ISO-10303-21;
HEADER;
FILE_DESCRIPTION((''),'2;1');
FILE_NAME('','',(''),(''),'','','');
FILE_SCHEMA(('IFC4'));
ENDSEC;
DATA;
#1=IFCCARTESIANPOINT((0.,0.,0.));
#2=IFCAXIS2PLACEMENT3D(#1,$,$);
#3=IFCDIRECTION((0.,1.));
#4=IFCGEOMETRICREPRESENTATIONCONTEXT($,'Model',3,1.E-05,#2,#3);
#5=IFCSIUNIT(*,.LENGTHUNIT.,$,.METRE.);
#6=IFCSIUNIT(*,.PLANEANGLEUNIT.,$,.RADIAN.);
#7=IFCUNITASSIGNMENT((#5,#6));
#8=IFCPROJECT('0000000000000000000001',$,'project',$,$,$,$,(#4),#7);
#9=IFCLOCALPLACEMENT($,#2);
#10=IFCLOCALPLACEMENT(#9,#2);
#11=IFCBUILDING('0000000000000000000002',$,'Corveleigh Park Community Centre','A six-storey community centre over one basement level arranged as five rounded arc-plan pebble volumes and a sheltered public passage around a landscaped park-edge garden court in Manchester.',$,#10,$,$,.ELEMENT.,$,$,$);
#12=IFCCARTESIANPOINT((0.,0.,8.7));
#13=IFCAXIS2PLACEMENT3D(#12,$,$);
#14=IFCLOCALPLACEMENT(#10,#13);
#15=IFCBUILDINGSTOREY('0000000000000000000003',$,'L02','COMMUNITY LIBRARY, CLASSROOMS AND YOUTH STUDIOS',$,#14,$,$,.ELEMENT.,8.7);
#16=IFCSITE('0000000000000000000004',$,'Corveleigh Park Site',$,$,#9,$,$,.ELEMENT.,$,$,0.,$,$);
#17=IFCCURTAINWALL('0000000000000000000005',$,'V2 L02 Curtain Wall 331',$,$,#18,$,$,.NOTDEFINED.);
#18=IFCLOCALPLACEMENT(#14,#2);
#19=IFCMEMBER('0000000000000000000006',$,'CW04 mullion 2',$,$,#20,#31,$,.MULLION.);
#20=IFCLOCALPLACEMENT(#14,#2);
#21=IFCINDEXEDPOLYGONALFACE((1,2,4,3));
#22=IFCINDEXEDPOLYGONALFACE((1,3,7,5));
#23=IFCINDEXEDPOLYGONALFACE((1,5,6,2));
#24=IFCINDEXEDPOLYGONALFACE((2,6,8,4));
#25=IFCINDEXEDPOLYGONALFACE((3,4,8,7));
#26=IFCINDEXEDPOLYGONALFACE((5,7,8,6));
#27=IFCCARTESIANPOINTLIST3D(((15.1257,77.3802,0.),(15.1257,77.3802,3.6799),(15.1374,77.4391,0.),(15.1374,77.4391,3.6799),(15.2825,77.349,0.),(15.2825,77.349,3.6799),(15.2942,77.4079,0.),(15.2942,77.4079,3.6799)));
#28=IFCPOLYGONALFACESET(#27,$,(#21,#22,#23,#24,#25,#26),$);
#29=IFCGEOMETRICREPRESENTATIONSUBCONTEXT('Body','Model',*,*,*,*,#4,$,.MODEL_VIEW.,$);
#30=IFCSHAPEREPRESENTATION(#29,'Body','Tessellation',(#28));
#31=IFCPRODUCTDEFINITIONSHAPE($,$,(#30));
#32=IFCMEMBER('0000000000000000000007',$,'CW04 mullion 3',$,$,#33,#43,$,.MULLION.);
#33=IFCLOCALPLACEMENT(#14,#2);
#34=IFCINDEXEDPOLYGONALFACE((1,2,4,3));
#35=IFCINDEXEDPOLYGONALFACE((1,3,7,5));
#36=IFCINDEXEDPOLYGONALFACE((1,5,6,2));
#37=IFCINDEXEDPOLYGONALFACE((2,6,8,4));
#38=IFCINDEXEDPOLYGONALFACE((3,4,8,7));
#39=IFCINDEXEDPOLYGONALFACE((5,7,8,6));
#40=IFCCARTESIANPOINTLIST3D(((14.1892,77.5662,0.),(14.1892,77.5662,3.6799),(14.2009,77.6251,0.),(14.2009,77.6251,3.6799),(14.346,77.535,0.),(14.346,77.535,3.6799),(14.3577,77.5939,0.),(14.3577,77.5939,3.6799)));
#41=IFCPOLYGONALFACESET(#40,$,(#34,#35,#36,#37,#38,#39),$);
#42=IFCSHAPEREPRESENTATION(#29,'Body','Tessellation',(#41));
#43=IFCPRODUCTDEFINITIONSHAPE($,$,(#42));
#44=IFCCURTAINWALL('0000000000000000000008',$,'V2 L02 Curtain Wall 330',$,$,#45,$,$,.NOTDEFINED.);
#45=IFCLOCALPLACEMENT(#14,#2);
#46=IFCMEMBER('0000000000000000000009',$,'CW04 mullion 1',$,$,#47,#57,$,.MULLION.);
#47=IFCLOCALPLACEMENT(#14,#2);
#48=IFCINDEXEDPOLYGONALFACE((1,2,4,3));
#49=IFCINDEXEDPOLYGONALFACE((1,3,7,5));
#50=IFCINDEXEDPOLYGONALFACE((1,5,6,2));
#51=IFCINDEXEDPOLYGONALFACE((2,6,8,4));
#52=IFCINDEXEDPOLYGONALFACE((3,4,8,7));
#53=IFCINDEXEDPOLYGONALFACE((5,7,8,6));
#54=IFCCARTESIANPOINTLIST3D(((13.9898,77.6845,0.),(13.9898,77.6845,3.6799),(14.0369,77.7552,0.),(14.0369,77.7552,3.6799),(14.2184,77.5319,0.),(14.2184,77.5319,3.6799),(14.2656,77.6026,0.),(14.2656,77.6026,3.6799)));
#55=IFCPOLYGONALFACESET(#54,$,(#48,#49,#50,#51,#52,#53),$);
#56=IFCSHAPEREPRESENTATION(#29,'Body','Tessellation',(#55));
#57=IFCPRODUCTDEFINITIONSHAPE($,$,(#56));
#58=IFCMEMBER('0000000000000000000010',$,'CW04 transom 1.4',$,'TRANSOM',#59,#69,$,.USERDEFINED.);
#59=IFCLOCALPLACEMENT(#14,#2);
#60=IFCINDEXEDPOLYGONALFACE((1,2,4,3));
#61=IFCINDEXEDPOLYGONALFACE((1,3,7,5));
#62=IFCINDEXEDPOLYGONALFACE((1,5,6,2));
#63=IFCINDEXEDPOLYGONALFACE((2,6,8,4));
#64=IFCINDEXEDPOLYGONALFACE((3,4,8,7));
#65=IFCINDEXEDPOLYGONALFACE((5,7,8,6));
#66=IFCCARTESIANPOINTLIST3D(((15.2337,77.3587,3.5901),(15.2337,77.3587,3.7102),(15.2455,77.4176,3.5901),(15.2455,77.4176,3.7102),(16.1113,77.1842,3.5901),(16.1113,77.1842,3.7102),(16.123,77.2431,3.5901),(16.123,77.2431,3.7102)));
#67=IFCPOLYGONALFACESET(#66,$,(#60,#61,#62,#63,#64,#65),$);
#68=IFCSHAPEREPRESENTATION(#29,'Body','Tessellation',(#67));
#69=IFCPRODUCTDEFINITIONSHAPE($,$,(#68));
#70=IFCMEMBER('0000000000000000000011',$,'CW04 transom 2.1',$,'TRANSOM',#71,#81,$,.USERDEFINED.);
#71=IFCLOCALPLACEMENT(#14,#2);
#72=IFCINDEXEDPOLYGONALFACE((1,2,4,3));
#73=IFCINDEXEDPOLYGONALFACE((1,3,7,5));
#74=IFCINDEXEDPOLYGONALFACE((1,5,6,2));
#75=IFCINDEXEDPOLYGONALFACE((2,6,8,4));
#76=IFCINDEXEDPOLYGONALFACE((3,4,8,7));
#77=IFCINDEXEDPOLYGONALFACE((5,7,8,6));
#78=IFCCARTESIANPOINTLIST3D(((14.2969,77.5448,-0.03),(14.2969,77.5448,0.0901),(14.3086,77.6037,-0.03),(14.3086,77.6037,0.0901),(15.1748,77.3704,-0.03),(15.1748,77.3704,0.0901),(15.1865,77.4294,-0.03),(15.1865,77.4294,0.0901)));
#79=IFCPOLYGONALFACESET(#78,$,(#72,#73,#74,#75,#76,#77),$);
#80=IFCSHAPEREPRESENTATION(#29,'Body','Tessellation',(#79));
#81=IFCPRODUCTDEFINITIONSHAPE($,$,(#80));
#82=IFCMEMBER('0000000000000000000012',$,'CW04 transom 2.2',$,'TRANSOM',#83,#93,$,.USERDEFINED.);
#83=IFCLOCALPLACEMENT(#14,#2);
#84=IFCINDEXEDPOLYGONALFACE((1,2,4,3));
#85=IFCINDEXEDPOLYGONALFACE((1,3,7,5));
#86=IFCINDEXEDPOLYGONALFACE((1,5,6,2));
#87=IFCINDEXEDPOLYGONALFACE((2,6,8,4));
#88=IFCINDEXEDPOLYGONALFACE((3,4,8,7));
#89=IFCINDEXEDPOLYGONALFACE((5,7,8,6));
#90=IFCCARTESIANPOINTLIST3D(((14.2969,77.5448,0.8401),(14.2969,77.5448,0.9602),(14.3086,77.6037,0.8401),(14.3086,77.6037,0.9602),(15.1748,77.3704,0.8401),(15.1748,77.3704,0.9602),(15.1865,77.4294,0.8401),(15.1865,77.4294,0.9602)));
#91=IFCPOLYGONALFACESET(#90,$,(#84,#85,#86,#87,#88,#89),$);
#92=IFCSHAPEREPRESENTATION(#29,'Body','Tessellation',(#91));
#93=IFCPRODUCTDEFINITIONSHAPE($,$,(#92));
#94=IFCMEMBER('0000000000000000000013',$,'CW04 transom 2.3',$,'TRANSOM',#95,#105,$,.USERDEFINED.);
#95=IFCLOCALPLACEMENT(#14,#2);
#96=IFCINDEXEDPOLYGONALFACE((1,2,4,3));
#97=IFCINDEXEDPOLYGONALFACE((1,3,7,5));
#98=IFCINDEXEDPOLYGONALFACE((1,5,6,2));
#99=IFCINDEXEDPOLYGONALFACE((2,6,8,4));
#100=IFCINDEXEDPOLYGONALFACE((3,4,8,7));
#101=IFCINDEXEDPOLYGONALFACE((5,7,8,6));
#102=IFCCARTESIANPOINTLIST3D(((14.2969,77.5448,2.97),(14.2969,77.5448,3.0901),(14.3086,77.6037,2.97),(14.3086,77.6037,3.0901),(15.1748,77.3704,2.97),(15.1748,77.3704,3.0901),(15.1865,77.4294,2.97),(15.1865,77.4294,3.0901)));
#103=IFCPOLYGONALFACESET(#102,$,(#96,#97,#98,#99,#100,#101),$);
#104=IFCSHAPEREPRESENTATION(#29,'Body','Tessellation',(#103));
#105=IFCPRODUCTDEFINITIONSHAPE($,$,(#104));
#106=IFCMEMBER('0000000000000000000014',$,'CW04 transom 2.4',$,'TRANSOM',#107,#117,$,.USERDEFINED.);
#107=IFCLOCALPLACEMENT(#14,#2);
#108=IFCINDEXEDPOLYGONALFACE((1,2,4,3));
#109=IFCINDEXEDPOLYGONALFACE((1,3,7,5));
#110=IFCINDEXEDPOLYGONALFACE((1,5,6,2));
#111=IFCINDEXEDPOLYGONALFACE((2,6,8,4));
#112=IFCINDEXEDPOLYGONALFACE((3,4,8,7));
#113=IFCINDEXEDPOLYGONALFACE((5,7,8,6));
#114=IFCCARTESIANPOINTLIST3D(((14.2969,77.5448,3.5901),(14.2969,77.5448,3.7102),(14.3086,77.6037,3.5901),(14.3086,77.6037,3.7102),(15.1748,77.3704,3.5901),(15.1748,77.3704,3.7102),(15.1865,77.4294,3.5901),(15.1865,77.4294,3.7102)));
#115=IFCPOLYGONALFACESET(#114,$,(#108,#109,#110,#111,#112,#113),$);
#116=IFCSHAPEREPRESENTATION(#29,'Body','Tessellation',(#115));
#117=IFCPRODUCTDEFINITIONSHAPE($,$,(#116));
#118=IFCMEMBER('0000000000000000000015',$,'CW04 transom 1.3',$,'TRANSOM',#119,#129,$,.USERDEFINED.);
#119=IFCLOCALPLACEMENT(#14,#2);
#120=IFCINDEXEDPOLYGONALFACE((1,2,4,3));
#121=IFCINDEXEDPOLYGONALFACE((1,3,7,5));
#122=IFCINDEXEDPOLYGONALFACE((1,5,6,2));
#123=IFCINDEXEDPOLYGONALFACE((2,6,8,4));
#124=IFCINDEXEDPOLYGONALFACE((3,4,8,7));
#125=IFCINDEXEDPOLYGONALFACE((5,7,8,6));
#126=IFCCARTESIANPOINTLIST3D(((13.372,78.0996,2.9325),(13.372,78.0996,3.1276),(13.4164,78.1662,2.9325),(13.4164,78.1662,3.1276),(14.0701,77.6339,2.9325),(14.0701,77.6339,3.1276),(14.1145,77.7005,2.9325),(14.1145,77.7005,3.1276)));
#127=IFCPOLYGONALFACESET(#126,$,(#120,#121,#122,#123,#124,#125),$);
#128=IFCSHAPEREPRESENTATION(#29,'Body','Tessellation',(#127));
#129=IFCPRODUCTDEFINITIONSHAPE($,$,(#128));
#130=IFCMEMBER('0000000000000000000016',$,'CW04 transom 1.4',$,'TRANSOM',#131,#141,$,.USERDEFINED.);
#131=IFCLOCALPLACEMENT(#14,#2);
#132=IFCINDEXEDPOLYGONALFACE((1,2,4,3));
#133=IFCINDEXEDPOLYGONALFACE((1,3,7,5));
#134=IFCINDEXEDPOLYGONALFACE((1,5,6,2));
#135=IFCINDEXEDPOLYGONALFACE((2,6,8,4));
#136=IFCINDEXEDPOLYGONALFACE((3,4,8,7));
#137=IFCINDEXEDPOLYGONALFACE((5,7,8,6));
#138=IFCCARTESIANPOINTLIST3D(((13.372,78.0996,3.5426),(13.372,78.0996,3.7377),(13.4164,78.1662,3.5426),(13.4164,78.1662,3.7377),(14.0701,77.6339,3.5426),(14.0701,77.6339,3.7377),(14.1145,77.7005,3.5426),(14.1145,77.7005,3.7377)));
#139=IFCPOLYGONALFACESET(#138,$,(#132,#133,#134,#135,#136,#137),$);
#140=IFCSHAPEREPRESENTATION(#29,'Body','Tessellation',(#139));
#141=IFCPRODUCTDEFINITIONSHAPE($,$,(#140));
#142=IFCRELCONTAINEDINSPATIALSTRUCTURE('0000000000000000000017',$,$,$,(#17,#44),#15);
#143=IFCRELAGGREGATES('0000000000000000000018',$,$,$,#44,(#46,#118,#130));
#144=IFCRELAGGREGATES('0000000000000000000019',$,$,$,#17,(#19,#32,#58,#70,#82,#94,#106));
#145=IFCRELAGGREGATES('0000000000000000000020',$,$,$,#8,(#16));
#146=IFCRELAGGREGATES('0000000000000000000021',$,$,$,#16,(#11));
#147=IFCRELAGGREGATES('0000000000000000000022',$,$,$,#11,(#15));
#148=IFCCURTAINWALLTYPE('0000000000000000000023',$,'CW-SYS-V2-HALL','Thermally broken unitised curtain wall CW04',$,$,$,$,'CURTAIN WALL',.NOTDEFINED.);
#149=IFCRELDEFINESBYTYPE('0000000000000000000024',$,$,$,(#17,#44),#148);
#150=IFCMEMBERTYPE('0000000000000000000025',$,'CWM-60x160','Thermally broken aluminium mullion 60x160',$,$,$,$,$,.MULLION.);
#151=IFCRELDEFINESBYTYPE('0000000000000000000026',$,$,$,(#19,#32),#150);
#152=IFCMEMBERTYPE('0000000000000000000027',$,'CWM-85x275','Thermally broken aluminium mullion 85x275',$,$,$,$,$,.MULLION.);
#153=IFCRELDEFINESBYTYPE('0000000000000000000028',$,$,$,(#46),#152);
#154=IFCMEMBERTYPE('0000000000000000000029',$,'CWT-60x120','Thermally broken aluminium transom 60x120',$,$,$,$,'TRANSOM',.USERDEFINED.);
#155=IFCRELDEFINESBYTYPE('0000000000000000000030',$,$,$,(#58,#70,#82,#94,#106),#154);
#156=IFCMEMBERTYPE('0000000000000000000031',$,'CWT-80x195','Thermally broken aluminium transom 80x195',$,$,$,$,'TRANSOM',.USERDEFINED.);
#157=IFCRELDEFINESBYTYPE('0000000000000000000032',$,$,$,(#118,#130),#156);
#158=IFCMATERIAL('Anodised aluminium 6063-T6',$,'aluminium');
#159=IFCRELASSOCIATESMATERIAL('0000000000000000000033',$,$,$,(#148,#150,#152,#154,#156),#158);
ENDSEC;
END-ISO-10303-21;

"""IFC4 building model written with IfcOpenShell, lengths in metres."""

from ifc_helpers import new_model, si_unit, direction, frame, origin, origin_2d, place, context, subcontext, project, spatial, rectangle, extrude, material, material_profile, profile_set, type_object, element, aggregate, save


model = new_model("IFC4")

# Units and contexts
model_context = context("Model", 3, precision=1e-05, world=origin(), true_north=direction((0.0, 1.0)))
body_context = subcontext(model_context, "Body", "Model", "MODEL_VIEW")
ifc_project = project(units=[si_unit("LENGTHUNIT", "METRE"), si_unit("PLANEANGLEUNIT", "RADIAN")], contexts=[model_context])

# Site, building, storey
site_placement = place(None, origin())
site = spatial("IfcSite", under=ifc_project, at=site_placement, Name="Corveleigh Park Site", CompositionType="ELEMENT", RefElevation=0.0)
building_placement = place(site_placement, origin())
building = spatial("IfcBuilding", under=site, at=building_placement, Name="Corveleigh Park Community Centre", Description="A six-storey community centre over one basement level arranged as five rounded arc-plan pebble volumes and a sheltered public passage around a landscaped park-edge garden court in Manchester.", CompositionType="ELEMENT")
storey_placement = place(building_placement, frame((0.0, 0.0, 8.7)))
storey = spatial("IfcBuildingStorey", under=building, at=storey_placement, Name="L02", Description="COMMUNITY LIBRARY, CLASSROOMS AND YOUTH STUDIOS", CompositionType="ELEMENT", Elevation=8.7)

# Curtain wall, members
ifc_material_1 = material(Name="Anodised aluminium 6063-T6", Category="aluminium")
curtain_wall_type = type_object("IfcCurtainWallType", Name="CW-SYS-V2-HALL", Description="Thermally broken unitised curtain wall CW04", ElementType="CURTAIN WALL", PredefinedType="NOTDEFINED", material=ifc_material_1)
curtain_wall_1_placement = place(storey_placement, origin())
curtain_wall_1 = element("IfcCurtainWall", 1, at=curtain_wall_1_placement, inside=storey, type_object=curtain_wall_type, Name="V2 L02 Curtain Wall 331", PredefinedType="NOTDEFINED")
ifc_material_profile_1 = material_profile(ifc_material_1, rectangle(XDim=0.0601, YDim=0.1599, at=origin_2d()), Name="ALU-M60x160", Category="aluminium")
ifc_profile_set_1 = profile_set([ifc_material_profile_1], Name="Anodised aluminium 6063-T6")
member_type_1 = type_object("IfcMemberType", Name="CWM-60x160", Description="Thermally broken aluminium mullion 60x160", PredefinedType="MULLION", material=ifc_profile_set_1)
member_1_placement = place(storey_placement, frame((15.21, 77.394, 0.0), z_axis=(0.0, 0.0, 1.0), x_axis=(-0.194944, -0.980814, 0.0)))
member_1 = element("IfcMember", 2, at=member_1_placement, type_object=member_type_1, Name="CW04 mullion 2", PredefinedType="MULLION", context=body_context, shape_type="SweptSolid", body=[
    extrude(rectangle(XDim=0.0601, YDim=0.1599, at=origin_2d()), origin(), (0.0, 0.0, 1.0), 3.6799),
])
member_2_placement = place(storey_placement, frame((14.2734, 77.5801, 0.0), z_axis=(0.0, 0.0, 1.0), x_axis=(-0.194944, -0.980814, 0.0)))
member_2 = element("IfcMember", 3, at=member_2_placement, type_object=member_type_1, Name="CW04 mullion 3", PredefinedType="MULLION", context=body_context, shape_type="SweptSolid", body=[
    extrude(rectangle(XDim=0.0601, YDim=0.1599, at=origin_2d()), origin(), (0.0, 0.0, 1.0), 3.6799),
])

# Curtain wall, member
curtain_wall_2_placement = place(storey_placement, origin())
curtain_wall_2 = element("IfcCurtainWall", 4, at=curtain_wall_2_placement, inside=storey, type_object=curtain_wall_type, Name="V2 L02 Curtain Wall 330", PredefinedType="NOTDEFINED")
ifc_material_profile_2 = material_profile(ifc_material_1, rectangle(XDim=0.085, YDim=0.2749, at=origin_2d()), Name="ALU-M85x275", Category="aluminium")
ifc_profile_set_2 = profile_set([ifc_material_profile_2], Name="Anodised aluminium 6063-T6")
member_type_2 = type_object("IfcMemberType", Name="CWM-85x275", Description="Thermally broken aluminium mullion 85x275", PredefinedType="MULLION", material=ifc_profile_set_2)
member_3_placement = place(storey_placement, frame((14.1277, 77.6436, 0.0), z_axis=(0.0, 0.0, 1.0), x_axis=(-0.555058, -0.831811, 0.0)))
member_3 = element("IfcMember", 5, at=member_3_placement, type_object=member_type_2, Name="CW04 mullion 1", PredefinedType="MULLION", context=body_context, shape_type="SweptSolid", body=[
    extrude(rectangle(XDim=0.085, YDim=0.2749, at=origin_2d()), origin(), (0.0, 0.0, 1.0), 3.6799),
])

# Members
ifc_material_profile_3 = material_profile(ifc_material_1, rectangle(XDim=0.0601, YDim=0.1201, at=origin_2d()), Name="ALU-T60x120", Category="aluminium")
ifc_profile_set_3 = profile_set([ifc_material_profile_3], Name="Anodised aluminium 6063-T6")
member_type_3 = type_object("IfcMemberType", Name="CWT-60x120", Description="Thermally broken aluminium transom 60x120", ElementType="TRANSOM", PredefinedType="USERDEFINED", material=ifc_profile_set_3)
member_4_placement = place(storey_placement, frame((16.1172, 77.2136, 3.6501), z_axis=(-0.98079, 0.195067, 0.0), x_axis=(-0.195067, -0.98079, 0.0)))
member_4 = element("IfcMember", 6, at=member_4_placement, type_object=member_type_3, Name="CW04 transom 1.4", ObjectType="TRANSOM", PredefinedType="USERDEFINED", context=body_context, shape_type="SweptSolid", body=[
    extrude(rectangle(XDim=0.0601, YDim=0.1201, at=origin_2d()), origin(), (0.0, 0.0, 1.0), 0.8948),
])
member_5_placement = place(storey_placement, frame((15.1807, 77.3999, 0.03), z_axis=(-0.980852, 0.194752, 0.0), x_axis=(-0.194752, -0.980852, 0.0)))
member_5 = element("IfcMember", 7, at=member_5_placement, type_object=member_type_3, Name="CW04 transom 2.1", ObjectType="TRANSOM", PredefinedType="USERDEFINED", context=body_context, shape_type="SweptSolid", body=[
    extrude(rectangle(XDim=0.0601, YDim=0.1201, at=origin_2d()), origin(), (0.0, 0.0, 1.0), 0.895),
])
member_6_placement = place(storey_placement, frame((15.1807, 77.3999, 0.9001), z_axis=(-0.980852, 0.194752, 0.0), x_axis=(-0.194752, -0.980852, 0.0)))
member_6 = element("IfcMember", 8, at=member_6_placement, type_object=member_type_3, Name="CW04 transom 2.2", ObjectType="TRANSOM", PredefinedType="USERDEFINED", context=body_context, shape_type="SweptSolid", body=[
    extrude(rectangle(XDim=0.0601, YDim=0.1201, at=origin_2d()), origin(), (0.0, 0.0, 1.0), 0.895),
])
member_7_placement = place(storey_placement, frame((15.1807, 77.3999, 3.03), z_axis=(-0.980852, 0.194752, 0.0), x_axis=(-0.194752, -0.980852, 0.0)))
member_7 = element("IfcMember", 9, at=member_7_placement, type_object=member_type_3, Name="CW04 transom 2.3", ObjectType="TRANSOM", PredefinedType="USERDEFINED", context=body_context, shape_type="SweptSolid", body=[
    extrude(rectangle(XDim=0.0601, YDim=0.1201, at=origin_2d()), origin(), (0.0, 0.0, 1.0), 0.895),
])
member_8_placement = place(storey_placement, frame((15.1807, 77.3999, 3.6501), z_axis=(-0.980852, 0.194752, 0.0), x_axis=(-0.194752, -0.980852, 0.0)))
member_8 = element("IfcMember", 10, at=member_8_placement, type_object=member_type_3, Name="CW04 transom 2.4", ObjectType="TRANSOM", PredefinedType="USERDEFINED", context=body_context, shape_type="SweptSolid", body=[
    extrude(rectangle(XDim=0.0601, YDim=0.1201, at=origin_2d()), origin(), (0.0, 0.0, 1.0), 0.895),
])
ifc_material_profile_4 = material_profile(ifc_material_1, rectangle(XDim=0.0801, YDim=0.1951, at=origin_2d()), Name="ALU-T80x195", Category="aluminium")
ifc_profile_set_4 = profile_set([ifc_material_profile_4], Name="Anodised aluminium 6063-T6")
member_type_4 = type_object("IfcMemberType", Name="CWT-80x195", Description="Thermally broken aluminium transom 80x195", ElementType="TRANSOM", PredefinedType="USERDEFINED", material=ifc_profile_set_4)
member_9_placement = place(storey_placement, frame((14.0923, 77.6672, 3.03), z_axis=(-0.831916, 0.554902, 0.0), x_axis=(-0.554902, -0.831916, 0.0)))
member_9 = element("IfcMember", 11, at=member_9_placement, type_object=member_type_4, Name="CW04 transom 1.3", ObjectType="TRANSOM", PredefinedType="USERDEFINED", context=body_context, shape_type="SweptSolid", body=[
    extrude(rectangle(XDim=0.0801, YDim=0.1951, at=origin_2d()), origin(), (0.0, 0.0, 1.0), 0.8391),
])
member_10_placement = place(storey_placement, frame((14.0923, 77.6672, 3.6401), z_axis=(-0.831916, 0.554902, 0.0), x_axis=(-0.554902, -0.831916, 0.0)))
member_10 = element("IfcMember", 12, at=member_10_placement, type_object=member_type_4, Name="CW04 transom 1.4", ObjectType="TRANSOM", PredefinedType="USERDEFINED", context=body_context, shape_type="SweptSolid", body=[
    extrude(rectangle(XDim=0.0801, YDim=0.1951, at=origin_2d()), origin(), (0.0, 0.0, 1.0), 0.8391),
])
aggregate(curtain_wall_2, [member_3, member_9, member_10])

aggregate(curtain_wall_1, [member_1, member_2, member_4, member_5, member_6, member_7, member_8])

save(model, "model.ifc")
